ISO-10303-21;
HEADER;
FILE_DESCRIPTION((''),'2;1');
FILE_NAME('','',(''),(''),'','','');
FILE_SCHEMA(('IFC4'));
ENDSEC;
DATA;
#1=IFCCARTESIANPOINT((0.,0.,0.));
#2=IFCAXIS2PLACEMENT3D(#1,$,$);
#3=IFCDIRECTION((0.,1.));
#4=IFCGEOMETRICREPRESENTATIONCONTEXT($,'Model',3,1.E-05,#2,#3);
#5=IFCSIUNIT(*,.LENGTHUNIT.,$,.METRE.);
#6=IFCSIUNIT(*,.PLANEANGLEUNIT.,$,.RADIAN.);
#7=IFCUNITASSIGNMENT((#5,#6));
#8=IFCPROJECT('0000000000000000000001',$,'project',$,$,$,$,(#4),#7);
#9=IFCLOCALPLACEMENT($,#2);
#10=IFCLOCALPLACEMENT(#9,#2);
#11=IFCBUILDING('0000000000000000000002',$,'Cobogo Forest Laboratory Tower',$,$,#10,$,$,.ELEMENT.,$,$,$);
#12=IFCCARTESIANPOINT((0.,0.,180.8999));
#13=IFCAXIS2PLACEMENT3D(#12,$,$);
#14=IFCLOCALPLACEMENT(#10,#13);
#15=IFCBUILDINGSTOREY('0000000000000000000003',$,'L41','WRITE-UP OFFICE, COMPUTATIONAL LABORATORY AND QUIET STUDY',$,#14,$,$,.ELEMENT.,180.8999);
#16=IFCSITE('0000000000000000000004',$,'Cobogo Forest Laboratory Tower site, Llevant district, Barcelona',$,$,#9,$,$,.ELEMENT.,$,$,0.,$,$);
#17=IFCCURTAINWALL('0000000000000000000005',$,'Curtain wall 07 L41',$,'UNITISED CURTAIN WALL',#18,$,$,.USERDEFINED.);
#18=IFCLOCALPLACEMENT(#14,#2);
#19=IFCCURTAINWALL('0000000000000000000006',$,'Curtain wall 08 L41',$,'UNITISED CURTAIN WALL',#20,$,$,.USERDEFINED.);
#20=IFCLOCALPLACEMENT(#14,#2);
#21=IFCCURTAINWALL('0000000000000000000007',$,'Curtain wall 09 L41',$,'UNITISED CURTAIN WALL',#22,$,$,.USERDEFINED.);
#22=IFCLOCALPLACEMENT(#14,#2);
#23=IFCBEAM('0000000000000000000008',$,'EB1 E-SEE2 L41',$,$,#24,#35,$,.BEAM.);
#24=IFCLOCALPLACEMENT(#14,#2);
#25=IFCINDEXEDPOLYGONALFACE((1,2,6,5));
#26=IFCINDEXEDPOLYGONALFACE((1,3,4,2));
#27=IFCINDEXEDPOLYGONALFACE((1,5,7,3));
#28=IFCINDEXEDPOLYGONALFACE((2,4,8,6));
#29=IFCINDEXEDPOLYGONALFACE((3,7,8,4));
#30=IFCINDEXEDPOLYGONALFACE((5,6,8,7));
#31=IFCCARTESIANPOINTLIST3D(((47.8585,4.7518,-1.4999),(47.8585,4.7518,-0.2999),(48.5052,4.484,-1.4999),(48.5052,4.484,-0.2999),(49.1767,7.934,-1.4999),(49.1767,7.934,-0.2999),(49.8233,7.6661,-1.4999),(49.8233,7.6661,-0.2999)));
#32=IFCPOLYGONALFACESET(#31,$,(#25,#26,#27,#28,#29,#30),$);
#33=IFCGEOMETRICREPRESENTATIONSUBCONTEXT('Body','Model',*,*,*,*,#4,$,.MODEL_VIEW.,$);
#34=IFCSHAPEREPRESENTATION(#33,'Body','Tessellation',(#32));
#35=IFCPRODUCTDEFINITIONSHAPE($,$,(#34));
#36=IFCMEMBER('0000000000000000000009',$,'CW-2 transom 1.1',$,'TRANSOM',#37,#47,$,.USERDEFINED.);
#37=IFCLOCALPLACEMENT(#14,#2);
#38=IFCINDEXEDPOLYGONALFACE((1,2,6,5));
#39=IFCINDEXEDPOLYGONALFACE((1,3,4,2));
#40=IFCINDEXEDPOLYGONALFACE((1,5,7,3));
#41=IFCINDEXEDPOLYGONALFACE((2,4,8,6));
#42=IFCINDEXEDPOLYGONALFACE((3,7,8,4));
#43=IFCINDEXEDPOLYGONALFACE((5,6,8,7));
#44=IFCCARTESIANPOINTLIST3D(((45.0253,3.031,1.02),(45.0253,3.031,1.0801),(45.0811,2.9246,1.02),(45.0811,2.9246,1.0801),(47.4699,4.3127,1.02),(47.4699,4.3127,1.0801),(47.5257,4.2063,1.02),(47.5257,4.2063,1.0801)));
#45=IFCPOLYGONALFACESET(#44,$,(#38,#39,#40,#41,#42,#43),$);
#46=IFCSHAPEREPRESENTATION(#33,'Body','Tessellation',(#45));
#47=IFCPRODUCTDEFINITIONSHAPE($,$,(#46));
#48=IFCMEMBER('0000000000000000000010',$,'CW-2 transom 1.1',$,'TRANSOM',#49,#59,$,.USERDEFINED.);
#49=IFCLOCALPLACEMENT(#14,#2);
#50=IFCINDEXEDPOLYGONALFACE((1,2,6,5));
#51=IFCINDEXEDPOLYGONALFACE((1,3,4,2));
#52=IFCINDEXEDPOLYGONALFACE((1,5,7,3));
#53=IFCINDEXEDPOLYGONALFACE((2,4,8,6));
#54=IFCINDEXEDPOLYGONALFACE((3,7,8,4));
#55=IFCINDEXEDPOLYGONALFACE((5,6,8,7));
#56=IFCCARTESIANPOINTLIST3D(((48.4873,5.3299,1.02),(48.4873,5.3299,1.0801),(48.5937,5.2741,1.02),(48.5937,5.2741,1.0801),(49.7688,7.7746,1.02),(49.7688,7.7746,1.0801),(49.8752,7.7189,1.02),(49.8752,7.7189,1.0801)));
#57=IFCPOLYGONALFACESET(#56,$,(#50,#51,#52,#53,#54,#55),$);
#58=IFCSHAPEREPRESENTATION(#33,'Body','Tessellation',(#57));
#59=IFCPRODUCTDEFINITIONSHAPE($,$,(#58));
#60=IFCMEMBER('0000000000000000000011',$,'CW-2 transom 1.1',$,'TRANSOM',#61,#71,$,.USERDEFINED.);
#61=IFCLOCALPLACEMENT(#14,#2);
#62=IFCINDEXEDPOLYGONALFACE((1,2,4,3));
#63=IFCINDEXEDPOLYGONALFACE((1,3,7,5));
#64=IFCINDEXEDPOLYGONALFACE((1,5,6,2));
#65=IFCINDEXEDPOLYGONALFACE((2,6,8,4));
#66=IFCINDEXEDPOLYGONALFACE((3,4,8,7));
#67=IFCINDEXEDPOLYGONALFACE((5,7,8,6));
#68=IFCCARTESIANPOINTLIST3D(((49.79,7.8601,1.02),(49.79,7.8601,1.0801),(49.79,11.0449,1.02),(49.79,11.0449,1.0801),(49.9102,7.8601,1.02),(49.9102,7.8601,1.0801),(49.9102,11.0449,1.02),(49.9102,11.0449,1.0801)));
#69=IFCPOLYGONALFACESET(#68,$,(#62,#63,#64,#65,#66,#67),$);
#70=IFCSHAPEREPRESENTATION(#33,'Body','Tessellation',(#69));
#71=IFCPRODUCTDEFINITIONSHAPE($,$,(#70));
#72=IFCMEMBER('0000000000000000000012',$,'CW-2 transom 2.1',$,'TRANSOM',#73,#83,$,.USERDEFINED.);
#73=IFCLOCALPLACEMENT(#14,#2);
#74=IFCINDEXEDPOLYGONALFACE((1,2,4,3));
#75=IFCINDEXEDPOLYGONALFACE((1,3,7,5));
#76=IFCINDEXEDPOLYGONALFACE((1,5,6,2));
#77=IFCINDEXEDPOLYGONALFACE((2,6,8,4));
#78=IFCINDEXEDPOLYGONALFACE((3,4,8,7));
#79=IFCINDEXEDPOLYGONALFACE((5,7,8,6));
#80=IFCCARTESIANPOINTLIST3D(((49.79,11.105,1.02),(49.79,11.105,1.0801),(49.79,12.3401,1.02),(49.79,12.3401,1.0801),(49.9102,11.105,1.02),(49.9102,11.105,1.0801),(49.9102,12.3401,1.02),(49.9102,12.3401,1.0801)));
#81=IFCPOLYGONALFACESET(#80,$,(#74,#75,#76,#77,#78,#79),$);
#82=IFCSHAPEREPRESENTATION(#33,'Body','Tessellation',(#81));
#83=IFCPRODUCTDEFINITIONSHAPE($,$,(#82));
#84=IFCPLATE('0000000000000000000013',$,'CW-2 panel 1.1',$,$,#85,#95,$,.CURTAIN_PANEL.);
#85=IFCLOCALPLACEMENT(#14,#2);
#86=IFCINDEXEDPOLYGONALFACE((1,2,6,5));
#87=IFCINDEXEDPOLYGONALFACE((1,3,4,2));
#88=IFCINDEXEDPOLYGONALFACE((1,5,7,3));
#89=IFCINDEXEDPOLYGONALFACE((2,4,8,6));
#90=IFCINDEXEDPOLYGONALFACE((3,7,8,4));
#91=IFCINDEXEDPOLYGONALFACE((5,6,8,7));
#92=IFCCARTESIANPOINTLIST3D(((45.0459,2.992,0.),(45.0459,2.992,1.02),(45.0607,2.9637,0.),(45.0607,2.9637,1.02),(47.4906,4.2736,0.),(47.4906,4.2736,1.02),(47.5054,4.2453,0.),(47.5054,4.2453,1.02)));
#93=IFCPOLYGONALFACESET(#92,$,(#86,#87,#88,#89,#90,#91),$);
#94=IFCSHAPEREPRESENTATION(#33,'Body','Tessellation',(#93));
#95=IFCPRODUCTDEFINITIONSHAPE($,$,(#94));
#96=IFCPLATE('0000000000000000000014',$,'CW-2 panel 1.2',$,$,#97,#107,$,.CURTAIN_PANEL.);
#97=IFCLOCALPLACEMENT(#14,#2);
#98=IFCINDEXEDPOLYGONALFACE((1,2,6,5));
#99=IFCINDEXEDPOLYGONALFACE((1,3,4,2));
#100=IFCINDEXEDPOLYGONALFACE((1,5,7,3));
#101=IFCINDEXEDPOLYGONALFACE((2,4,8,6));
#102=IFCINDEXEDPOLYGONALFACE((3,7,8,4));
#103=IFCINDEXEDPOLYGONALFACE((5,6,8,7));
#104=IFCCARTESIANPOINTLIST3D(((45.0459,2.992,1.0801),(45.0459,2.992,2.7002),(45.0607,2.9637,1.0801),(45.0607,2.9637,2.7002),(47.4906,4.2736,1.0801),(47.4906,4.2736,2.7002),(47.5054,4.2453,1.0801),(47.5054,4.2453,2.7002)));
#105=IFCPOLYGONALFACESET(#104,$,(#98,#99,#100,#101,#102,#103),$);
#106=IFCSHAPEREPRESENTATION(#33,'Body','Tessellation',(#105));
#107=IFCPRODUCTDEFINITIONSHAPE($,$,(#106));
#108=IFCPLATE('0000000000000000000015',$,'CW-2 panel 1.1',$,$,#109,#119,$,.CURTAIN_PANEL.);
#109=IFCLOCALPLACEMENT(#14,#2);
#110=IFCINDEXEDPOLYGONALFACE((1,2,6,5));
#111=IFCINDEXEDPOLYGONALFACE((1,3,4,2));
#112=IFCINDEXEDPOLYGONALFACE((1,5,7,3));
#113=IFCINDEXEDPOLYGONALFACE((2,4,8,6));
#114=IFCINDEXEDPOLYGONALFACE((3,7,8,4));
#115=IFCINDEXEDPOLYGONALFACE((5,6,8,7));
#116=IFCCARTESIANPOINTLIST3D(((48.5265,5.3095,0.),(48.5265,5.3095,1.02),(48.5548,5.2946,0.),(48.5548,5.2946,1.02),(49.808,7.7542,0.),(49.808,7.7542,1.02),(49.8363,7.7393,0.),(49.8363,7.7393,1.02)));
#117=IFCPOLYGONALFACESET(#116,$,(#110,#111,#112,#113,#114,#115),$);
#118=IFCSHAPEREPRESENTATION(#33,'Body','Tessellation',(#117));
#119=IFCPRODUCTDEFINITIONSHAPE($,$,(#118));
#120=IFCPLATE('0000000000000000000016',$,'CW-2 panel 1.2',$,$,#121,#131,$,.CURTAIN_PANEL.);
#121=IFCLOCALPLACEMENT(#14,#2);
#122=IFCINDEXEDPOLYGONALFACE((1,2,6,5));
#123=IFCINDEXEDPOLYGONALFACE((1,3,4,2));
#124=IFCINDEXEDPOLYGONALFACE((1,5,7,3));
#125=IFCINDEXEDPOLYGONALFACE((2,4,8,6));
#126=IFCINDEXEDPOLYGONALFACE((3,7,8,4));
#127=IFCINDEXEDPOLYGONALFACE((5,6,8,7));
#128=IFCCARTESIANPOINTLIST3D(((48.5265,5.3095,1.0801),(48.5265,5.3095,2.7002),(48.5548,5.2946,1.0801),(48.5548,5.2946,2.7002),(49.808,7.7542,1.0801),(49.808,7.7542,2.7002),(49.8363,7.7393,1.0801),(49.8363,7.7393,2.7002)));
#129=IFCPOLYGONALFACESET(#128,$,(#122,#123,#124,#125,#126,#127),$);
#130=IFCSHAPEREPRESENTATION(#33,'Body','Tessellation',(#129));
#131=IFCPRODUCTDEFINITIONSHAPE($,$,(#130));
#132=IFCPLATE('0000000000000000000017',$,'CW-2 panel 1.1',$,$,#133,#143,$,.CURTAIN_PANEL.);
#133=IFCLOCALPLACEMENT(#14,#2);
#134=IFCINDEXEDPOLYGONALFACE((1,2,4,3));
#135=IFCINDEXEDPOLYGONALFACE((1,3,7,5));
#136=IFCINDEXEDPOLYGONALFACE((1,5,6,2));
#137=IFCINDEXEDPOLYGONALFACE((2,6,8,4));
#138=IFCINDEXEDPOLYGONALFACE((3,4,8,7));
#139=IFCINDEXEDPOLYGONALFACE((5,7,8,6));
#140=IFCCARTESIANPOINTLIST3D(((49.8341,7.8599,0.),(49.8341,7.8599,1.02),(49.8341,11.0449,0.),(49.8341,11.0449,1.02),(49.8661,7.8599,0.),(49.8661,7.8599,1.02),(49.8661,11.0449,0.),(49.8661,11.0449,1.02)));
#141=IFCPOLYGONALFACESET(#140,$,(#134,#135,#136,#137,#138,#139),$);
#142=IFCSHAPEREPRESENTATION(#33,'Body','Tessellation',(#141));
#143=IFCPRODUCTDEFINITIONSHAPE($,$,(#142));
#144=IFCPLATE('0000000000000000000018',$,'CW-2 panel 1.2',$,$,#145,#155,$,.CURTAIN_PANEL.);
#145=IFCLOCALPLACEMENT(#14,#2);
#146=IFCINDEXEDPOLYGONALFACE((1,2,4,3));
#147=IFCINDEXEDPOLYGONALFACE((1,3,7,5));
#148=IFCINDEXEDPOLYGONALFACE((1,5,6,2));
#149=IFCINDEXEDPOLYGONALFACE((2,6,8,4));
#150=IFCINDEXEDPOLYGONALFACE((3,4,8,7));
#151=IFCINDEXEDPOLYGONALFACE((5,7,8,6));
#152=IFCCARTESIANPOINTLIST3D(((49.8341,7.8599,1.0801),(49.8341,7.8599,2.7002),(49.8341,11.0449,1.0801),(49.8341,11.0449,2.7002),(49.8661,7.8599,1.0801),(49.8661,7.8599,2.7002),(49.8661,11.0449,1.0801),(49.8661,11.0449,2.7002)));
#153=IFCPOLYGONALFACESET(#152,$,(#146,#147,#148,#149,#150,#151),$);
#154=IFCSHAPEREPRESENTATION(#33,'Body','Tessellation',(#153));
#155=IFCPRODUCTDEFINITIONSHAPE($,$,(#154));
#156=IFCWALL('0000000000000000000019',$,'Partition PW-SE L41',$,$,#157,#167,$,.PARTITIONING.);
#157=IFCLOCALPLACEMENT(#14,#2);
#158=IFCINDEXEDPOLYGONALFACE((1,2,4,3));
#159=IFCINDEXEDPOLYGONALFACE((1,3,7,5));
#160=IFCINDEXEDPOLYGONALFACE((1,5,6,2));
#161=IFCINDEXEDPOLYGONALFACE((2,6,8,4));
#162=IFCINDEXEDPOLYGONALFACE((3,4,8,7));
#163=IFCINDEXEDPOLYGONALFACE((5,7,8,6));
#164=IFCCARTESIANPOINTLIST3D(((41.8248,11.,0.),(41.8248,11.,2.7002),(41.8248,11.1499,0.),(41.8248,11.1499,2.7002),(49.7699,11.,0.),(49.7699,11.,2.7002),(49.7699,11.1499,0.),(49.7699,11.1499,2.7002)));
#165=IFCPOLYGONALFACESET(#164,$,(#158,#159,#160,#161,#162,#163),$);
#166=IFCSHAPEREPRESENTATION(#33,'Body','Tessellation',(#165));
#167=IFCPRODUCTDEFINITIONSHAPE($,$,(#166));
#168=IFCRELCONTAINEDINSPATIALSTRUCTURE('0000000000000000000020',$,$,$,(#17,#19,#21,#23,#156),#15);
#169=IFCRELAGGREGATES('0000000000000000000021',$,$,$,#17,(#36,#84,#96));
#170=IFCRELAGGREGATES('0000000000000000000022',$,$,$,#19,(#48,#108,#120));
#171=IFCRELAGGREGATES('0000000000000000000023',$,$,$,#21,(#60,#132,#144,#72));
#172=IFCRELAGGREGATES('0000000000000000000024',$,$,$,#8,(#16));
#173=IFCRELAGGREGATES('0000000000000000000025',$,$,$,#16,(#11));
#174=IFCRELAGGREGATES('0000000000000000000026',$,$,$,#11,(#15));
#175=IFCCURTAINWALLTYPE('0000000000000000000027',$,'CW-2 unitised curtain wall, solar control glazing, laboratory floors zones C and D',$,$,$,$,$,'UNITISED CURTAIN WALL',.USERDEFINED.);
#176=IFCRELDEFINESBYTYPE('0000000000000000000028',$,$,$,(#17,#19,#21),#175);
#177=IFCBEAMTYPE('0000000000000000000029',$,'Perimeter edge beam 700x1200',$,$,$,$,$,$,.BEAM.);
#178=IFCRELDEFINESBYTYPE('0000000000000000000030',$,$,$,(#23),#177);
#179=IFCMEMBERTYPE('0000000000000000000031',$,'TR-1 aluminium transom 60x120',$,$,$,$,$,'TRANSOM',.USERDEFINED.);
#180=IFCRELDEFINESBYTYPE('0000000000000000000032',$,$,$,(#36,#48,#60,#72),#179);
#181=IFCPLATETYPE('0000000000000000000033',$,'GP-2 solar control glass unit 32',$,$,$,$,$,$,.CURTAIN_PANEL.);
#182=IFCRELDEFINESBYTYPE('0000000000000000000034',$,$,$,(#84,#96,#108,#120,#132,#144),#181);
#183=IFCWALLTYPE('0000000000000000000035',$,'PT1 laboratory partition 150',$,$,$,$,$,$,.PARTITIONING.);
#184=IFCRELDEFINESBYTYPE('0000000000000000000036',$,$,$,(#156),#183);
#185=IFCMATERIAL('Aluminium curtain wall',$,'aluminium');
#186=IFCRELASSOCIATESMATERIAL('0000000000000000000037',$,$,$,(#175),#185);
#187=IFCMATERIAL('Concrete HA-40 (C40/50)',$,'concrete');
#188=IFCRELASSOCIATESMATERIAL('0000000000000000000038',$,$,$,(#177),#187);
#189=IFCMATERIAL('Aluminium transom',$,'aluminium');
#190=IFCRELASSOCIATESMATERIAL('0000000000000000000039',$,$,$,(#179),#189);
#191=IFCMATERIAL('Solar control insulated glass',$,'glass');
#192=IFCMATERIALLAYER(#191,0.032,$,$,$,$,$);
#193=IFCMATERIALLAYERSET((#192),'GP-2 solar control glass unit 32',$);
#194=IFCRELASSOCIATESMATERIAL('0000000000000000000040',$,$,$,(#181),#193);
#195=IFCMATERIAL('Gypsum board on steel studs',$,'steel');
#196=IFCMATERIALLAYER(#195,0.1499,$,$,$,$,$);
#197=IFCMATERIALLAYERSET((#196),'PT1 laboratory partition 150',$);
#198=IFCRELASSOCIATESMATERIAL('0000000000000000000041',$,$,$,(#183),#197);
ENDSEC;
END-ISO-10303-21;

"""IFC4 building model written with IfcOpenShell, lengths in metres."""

from ifc_helpers import new_model, si_unit, direction, frame, frame_2d, origin, origin_2d, place, context, subcontext, project, spatial, rectangle, extrude, material, layer, layer_set, material_profile, profile_set, type_object, element, aggregate, save


model = new_model("IFC4")

# Units and contexts
model_context = context("Model", 3, precision=1e-05, world=origin(), true_north=direction((0.0, 1.0)))
body_context = subcontext(model_context, "Body", "Model", "MODEL_VIEW")
ifc_project = project(units=[si_unit("LENGTHUNIT", "METRE"), si_unit("PLANEANGLEUNIT", "RADIAN")], contexts=[model_context])

# Site, building, storey
site_placement = place(None, origin())
site = spatial("IfcSite", under=ifc_project, at=site_placement, Name="Cobogo Forest Laboratory Tower site, Llevant district, Barcelona", CompositionType="ELEMENT", RefElevation=0.0)
building_placement = place(site_placement, origin())
building = spatial("IfcBuilding", under=site, at=building_placement, Name="Cobogo Forest Laboratory Tower", CompositionType="ELEMENT")
storey_placement = place(building_placement, frame((0.0, 0.0, 180.8999)))
storey = spatial("IfcBuildingStorey", under=building, at=storey_placement, Name="L41", Description="WRITE-UP OFFICE, COMPUTATIONAL LABORATORY AND QUIET STUDY", CompositionType="ELEMENT", Elevation=180.8999)

# Shared definitions
ifc_material_1 = material(Name="Concrete HA-40 (C40/50)", Category="concrete")

# Shared definitions
ifc_material_2 = material(Name="Aluminium curtain wall", Category="aluminium")
curtain_wall_type = type_object("IfcCurtainWallType", Name="CW-2 unitised curtain wall, solar control glazing, laboratory floors zones C and D", ElementType="UNITISED CURTAIN WALL", PredefinedType="USERDEFINED", material=ifc_material_2)

# Curtain walls
curtain_wall_1_placement = place(storey_placement, origin())
curtain_wall_1 = element("IfcCurtainWall", 1, at=curtain_wall_1_placement, inside=storey, type_object=curtain_wall_type, Name="Curtain wall 07 L41", ObjectType="UNITISED CURTAIN WALL", PredefinedType="USERDEFINED")
curtain_wall_2_placement = place(storey_placement, origin())
curtain_wall_2 = element("IfcCurtainWall", 2, at=curtain_wall_2_placement, inside=storey, type_object=curtain_wall_type, Name="Curtain wall 08 L41", ObjectType="UNITISED CURTAIN WALL", PredefinedType="USERDEFINED")
curtain_wall_3_placement = place(storey_placement, origin())
curtain_wall_3 = element("IfcCurtainWall", 3, at=curtain_wall_3_placement, inside=storey, type_object=curtain_wall_type, Name="Curtain wall 09 L41", ObjectType="UNITISED CURTAIN WALL", PredefinedType="USERDEFINED")

# Beam
ifc_material_profile_1 = material_profile(ifc_material_1, rectangle(XDim=0.7, YDim=1.2, at=origin_2d()), Name="RC 700x1200")
ifc_profile_set_1 = profile_set([ifc_material_profile_1], Name="Concrete HA-40 (C40/50)")
beam_type_1 = type_object("IfcBeamType", Name="Perimeter edge beam 700x1200", PredefinedType="BEAM", material=ifc_profile_set_1)
beam_1_placement = place(storey_placement, frame((49.5, 7.8, -0.8999), z_axis=(-0.382692, -0.923876, 0.0), x_axis=(0.923876, -0.382692, 0.0)))
element("IfcBeam", 4, at=beam_1_placement, inside=storey, type_object=beam_type_1, Name="EB1 E-SEE2 L41", PredefinedType="BEAM", context=body_context, shape_type="SweptSolid", body=[
    extrude(rectangle(XDim=0.7, YDim=1.2, at=origin_2d()), origin(), (0.0, 0.0, 1.0), 3.4443),
])

# Members
ifc_material_3 = material(Name="Aluminium transom", Category="aluminium")
ifc_material_profile_2 = material_profile(ifc_material_3, rectangle(XDim=0.1201, YDim=0.0601, at=origin_2d()), Name="AL 60x120")
ifc_profile_set_2 = profile_set([ifc_material_profile_2], Name="Aluminium transom")
member_type_1 = type_object("IfcMemberType", Name="TR-1 aluminium transom 60x120", ElementType="TRANSOM", PredefinedType="USERDEFINED", material=ifc_profile_set_2)
member_1_placement = place(storey_placement, frame((45.0532, 2.9778, 1.05), z_axis=(0.885646, 0.464361, 0.0), x_axis=(-0.464361, 0.885646, 0.0)))
member_1 = element("IfcMember", 5, at=member_1_placement, type_object=member_type_1, Name="CW-2 transom 1.1", ObjectType="TRANSOM", PredefinedType="USERDEFINED", context=body_context, shape_type="SweptSolid", body=[
    extrude(rectangle(XDim=0.1201, YDim=0.0601, at=origin_2d()), origin(), (0.0, 0.0, 1.0), 2.7603),
])
member_2_placement = place(storey_placement, frame((48.5405, 5.302, 1.05), z_axis=(0.464255, 0.885702, 0.0), x_axis=(-0.885702, 0.464255, 0.0)))
member_2 = element("IfcMember", 6, at=member_2_placement, type_object=member_type_1, Name="CW-2 transom 1.1", ObjectType="TRANSOM", PredefinedType="USERDEFINED", context=body_context, shape_type="SweptSolid", body=[
    extrude(rectangle(XDim=0.1201, YDim=0.0601, at=origin_2d()), origin(), (0.0, 0.0, 1.0), 2.7603),
])
member_3_placement = place(storey_placement, frame((49.8501, 7.8601, 1.05), z_axis=(0.0, 1.0, 0.0), x_axis=(-1.0, 0.0, 0.0)))
member_3 = element("IfcMember", 7, at=member_3_placement, type_object=member_type_1, Name="CW-2 transom 1.1", ObjectType="TRANSOM", PredefinedType="USERDEFINED", context=body_context, shape_type="SweptSolid", body=[
    extrude(rectangle(XDim=0.1201, YDim=0.0601, at=origin_2d()), origin(), (0.0, 0.0, 1.0), 3.1848),
])
member_4_placement = place(storey_placement, frame((49.8501, 11.105, 1.05), z_axis=(0.0, 1.0, 0.0), x_axis=(-1.0, 0.0, 0.0)))
member_4 = element("IfcMember", 8, at=member_4_placement, type_object=member_type_1, Name="CW-2 transom 2.1", ObjectType="TRANSOM", PredefinedType="USERDEFINED", context=body_context, shape_type="SweptSolid", body=[
    extrude(rectangle(XDim=0.1201, YDim=0.0601, at=origin_2d()), origin(), (0.0, 0.0, 1.0), 1.2351),
])

# Plates
ifc_material_4 = material(Name="Solar control insulated glass", Category="glass")
ifc_layer_1 = layer(ifc_material_4, 0.032)
ifc_layer_set_1 = layer_set([ifc_layer_1], Name="GP-2 solar control glass unit 32")
plate_type = type_object("IfcPlateType", Name="GP-2 solar control glass unit 32", PredefinedType="CURTAIN_PANEL", material=ifc_layer_set_1)
plate_1_placement = place(storey_placement, frame((46.2756, 3.6187, 0.0), z_axis=(0.0, 0.0, 1.0), x_axis=(0.885686, 0.464284, 0.0)))
plate_1 = element("IfcPlate", 9, at=plate_1_placement, type_object=plate_type, Name="CW-2 panel 1.1", PredefinedType="CURTAIN_PANEL", context=body_context, shape_type="SweptSolid", body=[
    extrude(rectangle(XDim=2.7603, YDim=0.032, at=origin_2d()), origin(), (0.0, 0.0, 1.0), 1.02),
])
plate_2_placement = place(storey_placement, frame((46.2756, 3.6187, 1.0801), z_axis=(0.0, 0.0, 1.0), x_axis=(0.885686, 0.464284, 0.0)))
plate_2 = element("IfcPlate", 10, at=plate_2_placement, type_object=plate_type, Name="CW-2 panel 1.2", PredefinedType="CURTAIN_PANEL", context=body_context, shape_type="SweptSolid", body=[
    extrude(rectangle(XDim=2.7603, YDim=0.032, at=origin_2d()), origin(), (0.0, 0.0, 1.0), 1.6201),
])
aggregate(curtain_wall_1, [member_1, plate_1, plate_2])
plate_3_placement = place(storey_placement, frame((49.1814, 6.5244, 0.0), z_axis=(0.0, 0.0, 1.0), x_axis=(0.464284, 0.885686, 0.0)))
plate_3 = element("IfcPlate", 11, at=plate_3_placement, type_object=plate_type, Name="CW-2 panel 1.1", PredefinedType="CURTAIN_PANEL", context=body_context, shape_type="SweptSolid", body=[
    extrude(rectangle(XDim=2.7603, YDim=0.032, at=origin_2d()), origin(), (0.0, 0.0, 1.0), 1.02),
])
plate_4_placement = place(storey_placement, frame((49.1814, 6.5244, 1.0801), z_axis=(0.0, 0.0, 1.0), x_axis=(0.464284, 0.885686, 0.0)))
plate_4 = element("IfcPlate", 12, at=plate_4_placement, type_object=plate_type, Name="CW-2 panel 1.2", PredefinedType="CURTAIN_PANEL", context=body_context, shape_type="SweptSolid", body=[
    extrude(rectangle(XDim=2.7603, YDim=0.032, at=origin_2d()), origin(), (0.0, 0.0, 1.0), 1.6201),
])
aggregate(curtain_wall_2, [member_2, plate_3, plate_4])
plate_5_placement = place(storey_placement, frame((49.8501, 9.4524, 0.0), z_axis=(0.0, 0.0, 1.0), x_axis=(0.0, 1.0, 0.0)))
plate_5 = element("IfcPlate", 13, at=plate_5_placement, type_object=plate_type, Name="CW-2 panel 1.1", PredefinedType="CURTAIN_PANEL", context=body_context, shape_type="SweptSolid", body=[
    extrude(rectangle(XDim=3.1851, YDim=0.032, at=origin_2d()), origin(), (0.0, 0.0, 1.0), 1.02),
])
plate_6_placement = place(storey_placement, frame((49.8501, 9.4524, 1.0801), z_axis=(0.0, 0.0, 1.0), x_axis=(0.0, 1.0, 0.0)))
plate_6 = element("IfcPlate", 14, at=plate_6_placement, type_object=plate_type, Name="CW-2 panel 1.2", PredefinedType="CURTAIN_PANEL", context=body_context, shape_type="SweptSolid", body=[
    extrude(rectangle(XDim=3.1851, YDim=0.032, at=origin_2d()), origin(), (0.0, 0.0, 1.0), 1.6201),
])
aggregate(curtain_wall_3, [member_3, plate_5, plate_6, member_4])

# Wall
ifc_material_5 = material(Name="Gypsum board on steel studs", Category="steel")
ifc_layer_2 = layer(ifc_material_5, 0.1499)
ifc_layer_set_2 = layer_set([ifc_layer_2], Name="PT1 laboratory partition 150")
wall_type = type_object("IfcWallType", Name="PT1 laboratory partition 150", PredefinedType="PARTITIONING", material=ifc_layer_set_2)
wall_placement = place(storey_placement, frame((49.77, 11.075, 0.0), z_axis=(0.0, 0.0, 1.0), x_axis=(-1.0, 0.0, 0.0)))
element("IfcWall", 15, at=wall_placement, inside=storey, type_object=wall_type, Name="Partition PW-SE L41", PredefinedType="PARTITIONING", context=body_context, shape_type="SweptSolid", body=[
    extrude(rectangle(XDim=7.9451, YDim=0.1499, at=frame_2d((3.9727, 0.0))), origin(), (0.0, 0.0, 1.0), 2.7002),
])

save(model, "model.ifc")
